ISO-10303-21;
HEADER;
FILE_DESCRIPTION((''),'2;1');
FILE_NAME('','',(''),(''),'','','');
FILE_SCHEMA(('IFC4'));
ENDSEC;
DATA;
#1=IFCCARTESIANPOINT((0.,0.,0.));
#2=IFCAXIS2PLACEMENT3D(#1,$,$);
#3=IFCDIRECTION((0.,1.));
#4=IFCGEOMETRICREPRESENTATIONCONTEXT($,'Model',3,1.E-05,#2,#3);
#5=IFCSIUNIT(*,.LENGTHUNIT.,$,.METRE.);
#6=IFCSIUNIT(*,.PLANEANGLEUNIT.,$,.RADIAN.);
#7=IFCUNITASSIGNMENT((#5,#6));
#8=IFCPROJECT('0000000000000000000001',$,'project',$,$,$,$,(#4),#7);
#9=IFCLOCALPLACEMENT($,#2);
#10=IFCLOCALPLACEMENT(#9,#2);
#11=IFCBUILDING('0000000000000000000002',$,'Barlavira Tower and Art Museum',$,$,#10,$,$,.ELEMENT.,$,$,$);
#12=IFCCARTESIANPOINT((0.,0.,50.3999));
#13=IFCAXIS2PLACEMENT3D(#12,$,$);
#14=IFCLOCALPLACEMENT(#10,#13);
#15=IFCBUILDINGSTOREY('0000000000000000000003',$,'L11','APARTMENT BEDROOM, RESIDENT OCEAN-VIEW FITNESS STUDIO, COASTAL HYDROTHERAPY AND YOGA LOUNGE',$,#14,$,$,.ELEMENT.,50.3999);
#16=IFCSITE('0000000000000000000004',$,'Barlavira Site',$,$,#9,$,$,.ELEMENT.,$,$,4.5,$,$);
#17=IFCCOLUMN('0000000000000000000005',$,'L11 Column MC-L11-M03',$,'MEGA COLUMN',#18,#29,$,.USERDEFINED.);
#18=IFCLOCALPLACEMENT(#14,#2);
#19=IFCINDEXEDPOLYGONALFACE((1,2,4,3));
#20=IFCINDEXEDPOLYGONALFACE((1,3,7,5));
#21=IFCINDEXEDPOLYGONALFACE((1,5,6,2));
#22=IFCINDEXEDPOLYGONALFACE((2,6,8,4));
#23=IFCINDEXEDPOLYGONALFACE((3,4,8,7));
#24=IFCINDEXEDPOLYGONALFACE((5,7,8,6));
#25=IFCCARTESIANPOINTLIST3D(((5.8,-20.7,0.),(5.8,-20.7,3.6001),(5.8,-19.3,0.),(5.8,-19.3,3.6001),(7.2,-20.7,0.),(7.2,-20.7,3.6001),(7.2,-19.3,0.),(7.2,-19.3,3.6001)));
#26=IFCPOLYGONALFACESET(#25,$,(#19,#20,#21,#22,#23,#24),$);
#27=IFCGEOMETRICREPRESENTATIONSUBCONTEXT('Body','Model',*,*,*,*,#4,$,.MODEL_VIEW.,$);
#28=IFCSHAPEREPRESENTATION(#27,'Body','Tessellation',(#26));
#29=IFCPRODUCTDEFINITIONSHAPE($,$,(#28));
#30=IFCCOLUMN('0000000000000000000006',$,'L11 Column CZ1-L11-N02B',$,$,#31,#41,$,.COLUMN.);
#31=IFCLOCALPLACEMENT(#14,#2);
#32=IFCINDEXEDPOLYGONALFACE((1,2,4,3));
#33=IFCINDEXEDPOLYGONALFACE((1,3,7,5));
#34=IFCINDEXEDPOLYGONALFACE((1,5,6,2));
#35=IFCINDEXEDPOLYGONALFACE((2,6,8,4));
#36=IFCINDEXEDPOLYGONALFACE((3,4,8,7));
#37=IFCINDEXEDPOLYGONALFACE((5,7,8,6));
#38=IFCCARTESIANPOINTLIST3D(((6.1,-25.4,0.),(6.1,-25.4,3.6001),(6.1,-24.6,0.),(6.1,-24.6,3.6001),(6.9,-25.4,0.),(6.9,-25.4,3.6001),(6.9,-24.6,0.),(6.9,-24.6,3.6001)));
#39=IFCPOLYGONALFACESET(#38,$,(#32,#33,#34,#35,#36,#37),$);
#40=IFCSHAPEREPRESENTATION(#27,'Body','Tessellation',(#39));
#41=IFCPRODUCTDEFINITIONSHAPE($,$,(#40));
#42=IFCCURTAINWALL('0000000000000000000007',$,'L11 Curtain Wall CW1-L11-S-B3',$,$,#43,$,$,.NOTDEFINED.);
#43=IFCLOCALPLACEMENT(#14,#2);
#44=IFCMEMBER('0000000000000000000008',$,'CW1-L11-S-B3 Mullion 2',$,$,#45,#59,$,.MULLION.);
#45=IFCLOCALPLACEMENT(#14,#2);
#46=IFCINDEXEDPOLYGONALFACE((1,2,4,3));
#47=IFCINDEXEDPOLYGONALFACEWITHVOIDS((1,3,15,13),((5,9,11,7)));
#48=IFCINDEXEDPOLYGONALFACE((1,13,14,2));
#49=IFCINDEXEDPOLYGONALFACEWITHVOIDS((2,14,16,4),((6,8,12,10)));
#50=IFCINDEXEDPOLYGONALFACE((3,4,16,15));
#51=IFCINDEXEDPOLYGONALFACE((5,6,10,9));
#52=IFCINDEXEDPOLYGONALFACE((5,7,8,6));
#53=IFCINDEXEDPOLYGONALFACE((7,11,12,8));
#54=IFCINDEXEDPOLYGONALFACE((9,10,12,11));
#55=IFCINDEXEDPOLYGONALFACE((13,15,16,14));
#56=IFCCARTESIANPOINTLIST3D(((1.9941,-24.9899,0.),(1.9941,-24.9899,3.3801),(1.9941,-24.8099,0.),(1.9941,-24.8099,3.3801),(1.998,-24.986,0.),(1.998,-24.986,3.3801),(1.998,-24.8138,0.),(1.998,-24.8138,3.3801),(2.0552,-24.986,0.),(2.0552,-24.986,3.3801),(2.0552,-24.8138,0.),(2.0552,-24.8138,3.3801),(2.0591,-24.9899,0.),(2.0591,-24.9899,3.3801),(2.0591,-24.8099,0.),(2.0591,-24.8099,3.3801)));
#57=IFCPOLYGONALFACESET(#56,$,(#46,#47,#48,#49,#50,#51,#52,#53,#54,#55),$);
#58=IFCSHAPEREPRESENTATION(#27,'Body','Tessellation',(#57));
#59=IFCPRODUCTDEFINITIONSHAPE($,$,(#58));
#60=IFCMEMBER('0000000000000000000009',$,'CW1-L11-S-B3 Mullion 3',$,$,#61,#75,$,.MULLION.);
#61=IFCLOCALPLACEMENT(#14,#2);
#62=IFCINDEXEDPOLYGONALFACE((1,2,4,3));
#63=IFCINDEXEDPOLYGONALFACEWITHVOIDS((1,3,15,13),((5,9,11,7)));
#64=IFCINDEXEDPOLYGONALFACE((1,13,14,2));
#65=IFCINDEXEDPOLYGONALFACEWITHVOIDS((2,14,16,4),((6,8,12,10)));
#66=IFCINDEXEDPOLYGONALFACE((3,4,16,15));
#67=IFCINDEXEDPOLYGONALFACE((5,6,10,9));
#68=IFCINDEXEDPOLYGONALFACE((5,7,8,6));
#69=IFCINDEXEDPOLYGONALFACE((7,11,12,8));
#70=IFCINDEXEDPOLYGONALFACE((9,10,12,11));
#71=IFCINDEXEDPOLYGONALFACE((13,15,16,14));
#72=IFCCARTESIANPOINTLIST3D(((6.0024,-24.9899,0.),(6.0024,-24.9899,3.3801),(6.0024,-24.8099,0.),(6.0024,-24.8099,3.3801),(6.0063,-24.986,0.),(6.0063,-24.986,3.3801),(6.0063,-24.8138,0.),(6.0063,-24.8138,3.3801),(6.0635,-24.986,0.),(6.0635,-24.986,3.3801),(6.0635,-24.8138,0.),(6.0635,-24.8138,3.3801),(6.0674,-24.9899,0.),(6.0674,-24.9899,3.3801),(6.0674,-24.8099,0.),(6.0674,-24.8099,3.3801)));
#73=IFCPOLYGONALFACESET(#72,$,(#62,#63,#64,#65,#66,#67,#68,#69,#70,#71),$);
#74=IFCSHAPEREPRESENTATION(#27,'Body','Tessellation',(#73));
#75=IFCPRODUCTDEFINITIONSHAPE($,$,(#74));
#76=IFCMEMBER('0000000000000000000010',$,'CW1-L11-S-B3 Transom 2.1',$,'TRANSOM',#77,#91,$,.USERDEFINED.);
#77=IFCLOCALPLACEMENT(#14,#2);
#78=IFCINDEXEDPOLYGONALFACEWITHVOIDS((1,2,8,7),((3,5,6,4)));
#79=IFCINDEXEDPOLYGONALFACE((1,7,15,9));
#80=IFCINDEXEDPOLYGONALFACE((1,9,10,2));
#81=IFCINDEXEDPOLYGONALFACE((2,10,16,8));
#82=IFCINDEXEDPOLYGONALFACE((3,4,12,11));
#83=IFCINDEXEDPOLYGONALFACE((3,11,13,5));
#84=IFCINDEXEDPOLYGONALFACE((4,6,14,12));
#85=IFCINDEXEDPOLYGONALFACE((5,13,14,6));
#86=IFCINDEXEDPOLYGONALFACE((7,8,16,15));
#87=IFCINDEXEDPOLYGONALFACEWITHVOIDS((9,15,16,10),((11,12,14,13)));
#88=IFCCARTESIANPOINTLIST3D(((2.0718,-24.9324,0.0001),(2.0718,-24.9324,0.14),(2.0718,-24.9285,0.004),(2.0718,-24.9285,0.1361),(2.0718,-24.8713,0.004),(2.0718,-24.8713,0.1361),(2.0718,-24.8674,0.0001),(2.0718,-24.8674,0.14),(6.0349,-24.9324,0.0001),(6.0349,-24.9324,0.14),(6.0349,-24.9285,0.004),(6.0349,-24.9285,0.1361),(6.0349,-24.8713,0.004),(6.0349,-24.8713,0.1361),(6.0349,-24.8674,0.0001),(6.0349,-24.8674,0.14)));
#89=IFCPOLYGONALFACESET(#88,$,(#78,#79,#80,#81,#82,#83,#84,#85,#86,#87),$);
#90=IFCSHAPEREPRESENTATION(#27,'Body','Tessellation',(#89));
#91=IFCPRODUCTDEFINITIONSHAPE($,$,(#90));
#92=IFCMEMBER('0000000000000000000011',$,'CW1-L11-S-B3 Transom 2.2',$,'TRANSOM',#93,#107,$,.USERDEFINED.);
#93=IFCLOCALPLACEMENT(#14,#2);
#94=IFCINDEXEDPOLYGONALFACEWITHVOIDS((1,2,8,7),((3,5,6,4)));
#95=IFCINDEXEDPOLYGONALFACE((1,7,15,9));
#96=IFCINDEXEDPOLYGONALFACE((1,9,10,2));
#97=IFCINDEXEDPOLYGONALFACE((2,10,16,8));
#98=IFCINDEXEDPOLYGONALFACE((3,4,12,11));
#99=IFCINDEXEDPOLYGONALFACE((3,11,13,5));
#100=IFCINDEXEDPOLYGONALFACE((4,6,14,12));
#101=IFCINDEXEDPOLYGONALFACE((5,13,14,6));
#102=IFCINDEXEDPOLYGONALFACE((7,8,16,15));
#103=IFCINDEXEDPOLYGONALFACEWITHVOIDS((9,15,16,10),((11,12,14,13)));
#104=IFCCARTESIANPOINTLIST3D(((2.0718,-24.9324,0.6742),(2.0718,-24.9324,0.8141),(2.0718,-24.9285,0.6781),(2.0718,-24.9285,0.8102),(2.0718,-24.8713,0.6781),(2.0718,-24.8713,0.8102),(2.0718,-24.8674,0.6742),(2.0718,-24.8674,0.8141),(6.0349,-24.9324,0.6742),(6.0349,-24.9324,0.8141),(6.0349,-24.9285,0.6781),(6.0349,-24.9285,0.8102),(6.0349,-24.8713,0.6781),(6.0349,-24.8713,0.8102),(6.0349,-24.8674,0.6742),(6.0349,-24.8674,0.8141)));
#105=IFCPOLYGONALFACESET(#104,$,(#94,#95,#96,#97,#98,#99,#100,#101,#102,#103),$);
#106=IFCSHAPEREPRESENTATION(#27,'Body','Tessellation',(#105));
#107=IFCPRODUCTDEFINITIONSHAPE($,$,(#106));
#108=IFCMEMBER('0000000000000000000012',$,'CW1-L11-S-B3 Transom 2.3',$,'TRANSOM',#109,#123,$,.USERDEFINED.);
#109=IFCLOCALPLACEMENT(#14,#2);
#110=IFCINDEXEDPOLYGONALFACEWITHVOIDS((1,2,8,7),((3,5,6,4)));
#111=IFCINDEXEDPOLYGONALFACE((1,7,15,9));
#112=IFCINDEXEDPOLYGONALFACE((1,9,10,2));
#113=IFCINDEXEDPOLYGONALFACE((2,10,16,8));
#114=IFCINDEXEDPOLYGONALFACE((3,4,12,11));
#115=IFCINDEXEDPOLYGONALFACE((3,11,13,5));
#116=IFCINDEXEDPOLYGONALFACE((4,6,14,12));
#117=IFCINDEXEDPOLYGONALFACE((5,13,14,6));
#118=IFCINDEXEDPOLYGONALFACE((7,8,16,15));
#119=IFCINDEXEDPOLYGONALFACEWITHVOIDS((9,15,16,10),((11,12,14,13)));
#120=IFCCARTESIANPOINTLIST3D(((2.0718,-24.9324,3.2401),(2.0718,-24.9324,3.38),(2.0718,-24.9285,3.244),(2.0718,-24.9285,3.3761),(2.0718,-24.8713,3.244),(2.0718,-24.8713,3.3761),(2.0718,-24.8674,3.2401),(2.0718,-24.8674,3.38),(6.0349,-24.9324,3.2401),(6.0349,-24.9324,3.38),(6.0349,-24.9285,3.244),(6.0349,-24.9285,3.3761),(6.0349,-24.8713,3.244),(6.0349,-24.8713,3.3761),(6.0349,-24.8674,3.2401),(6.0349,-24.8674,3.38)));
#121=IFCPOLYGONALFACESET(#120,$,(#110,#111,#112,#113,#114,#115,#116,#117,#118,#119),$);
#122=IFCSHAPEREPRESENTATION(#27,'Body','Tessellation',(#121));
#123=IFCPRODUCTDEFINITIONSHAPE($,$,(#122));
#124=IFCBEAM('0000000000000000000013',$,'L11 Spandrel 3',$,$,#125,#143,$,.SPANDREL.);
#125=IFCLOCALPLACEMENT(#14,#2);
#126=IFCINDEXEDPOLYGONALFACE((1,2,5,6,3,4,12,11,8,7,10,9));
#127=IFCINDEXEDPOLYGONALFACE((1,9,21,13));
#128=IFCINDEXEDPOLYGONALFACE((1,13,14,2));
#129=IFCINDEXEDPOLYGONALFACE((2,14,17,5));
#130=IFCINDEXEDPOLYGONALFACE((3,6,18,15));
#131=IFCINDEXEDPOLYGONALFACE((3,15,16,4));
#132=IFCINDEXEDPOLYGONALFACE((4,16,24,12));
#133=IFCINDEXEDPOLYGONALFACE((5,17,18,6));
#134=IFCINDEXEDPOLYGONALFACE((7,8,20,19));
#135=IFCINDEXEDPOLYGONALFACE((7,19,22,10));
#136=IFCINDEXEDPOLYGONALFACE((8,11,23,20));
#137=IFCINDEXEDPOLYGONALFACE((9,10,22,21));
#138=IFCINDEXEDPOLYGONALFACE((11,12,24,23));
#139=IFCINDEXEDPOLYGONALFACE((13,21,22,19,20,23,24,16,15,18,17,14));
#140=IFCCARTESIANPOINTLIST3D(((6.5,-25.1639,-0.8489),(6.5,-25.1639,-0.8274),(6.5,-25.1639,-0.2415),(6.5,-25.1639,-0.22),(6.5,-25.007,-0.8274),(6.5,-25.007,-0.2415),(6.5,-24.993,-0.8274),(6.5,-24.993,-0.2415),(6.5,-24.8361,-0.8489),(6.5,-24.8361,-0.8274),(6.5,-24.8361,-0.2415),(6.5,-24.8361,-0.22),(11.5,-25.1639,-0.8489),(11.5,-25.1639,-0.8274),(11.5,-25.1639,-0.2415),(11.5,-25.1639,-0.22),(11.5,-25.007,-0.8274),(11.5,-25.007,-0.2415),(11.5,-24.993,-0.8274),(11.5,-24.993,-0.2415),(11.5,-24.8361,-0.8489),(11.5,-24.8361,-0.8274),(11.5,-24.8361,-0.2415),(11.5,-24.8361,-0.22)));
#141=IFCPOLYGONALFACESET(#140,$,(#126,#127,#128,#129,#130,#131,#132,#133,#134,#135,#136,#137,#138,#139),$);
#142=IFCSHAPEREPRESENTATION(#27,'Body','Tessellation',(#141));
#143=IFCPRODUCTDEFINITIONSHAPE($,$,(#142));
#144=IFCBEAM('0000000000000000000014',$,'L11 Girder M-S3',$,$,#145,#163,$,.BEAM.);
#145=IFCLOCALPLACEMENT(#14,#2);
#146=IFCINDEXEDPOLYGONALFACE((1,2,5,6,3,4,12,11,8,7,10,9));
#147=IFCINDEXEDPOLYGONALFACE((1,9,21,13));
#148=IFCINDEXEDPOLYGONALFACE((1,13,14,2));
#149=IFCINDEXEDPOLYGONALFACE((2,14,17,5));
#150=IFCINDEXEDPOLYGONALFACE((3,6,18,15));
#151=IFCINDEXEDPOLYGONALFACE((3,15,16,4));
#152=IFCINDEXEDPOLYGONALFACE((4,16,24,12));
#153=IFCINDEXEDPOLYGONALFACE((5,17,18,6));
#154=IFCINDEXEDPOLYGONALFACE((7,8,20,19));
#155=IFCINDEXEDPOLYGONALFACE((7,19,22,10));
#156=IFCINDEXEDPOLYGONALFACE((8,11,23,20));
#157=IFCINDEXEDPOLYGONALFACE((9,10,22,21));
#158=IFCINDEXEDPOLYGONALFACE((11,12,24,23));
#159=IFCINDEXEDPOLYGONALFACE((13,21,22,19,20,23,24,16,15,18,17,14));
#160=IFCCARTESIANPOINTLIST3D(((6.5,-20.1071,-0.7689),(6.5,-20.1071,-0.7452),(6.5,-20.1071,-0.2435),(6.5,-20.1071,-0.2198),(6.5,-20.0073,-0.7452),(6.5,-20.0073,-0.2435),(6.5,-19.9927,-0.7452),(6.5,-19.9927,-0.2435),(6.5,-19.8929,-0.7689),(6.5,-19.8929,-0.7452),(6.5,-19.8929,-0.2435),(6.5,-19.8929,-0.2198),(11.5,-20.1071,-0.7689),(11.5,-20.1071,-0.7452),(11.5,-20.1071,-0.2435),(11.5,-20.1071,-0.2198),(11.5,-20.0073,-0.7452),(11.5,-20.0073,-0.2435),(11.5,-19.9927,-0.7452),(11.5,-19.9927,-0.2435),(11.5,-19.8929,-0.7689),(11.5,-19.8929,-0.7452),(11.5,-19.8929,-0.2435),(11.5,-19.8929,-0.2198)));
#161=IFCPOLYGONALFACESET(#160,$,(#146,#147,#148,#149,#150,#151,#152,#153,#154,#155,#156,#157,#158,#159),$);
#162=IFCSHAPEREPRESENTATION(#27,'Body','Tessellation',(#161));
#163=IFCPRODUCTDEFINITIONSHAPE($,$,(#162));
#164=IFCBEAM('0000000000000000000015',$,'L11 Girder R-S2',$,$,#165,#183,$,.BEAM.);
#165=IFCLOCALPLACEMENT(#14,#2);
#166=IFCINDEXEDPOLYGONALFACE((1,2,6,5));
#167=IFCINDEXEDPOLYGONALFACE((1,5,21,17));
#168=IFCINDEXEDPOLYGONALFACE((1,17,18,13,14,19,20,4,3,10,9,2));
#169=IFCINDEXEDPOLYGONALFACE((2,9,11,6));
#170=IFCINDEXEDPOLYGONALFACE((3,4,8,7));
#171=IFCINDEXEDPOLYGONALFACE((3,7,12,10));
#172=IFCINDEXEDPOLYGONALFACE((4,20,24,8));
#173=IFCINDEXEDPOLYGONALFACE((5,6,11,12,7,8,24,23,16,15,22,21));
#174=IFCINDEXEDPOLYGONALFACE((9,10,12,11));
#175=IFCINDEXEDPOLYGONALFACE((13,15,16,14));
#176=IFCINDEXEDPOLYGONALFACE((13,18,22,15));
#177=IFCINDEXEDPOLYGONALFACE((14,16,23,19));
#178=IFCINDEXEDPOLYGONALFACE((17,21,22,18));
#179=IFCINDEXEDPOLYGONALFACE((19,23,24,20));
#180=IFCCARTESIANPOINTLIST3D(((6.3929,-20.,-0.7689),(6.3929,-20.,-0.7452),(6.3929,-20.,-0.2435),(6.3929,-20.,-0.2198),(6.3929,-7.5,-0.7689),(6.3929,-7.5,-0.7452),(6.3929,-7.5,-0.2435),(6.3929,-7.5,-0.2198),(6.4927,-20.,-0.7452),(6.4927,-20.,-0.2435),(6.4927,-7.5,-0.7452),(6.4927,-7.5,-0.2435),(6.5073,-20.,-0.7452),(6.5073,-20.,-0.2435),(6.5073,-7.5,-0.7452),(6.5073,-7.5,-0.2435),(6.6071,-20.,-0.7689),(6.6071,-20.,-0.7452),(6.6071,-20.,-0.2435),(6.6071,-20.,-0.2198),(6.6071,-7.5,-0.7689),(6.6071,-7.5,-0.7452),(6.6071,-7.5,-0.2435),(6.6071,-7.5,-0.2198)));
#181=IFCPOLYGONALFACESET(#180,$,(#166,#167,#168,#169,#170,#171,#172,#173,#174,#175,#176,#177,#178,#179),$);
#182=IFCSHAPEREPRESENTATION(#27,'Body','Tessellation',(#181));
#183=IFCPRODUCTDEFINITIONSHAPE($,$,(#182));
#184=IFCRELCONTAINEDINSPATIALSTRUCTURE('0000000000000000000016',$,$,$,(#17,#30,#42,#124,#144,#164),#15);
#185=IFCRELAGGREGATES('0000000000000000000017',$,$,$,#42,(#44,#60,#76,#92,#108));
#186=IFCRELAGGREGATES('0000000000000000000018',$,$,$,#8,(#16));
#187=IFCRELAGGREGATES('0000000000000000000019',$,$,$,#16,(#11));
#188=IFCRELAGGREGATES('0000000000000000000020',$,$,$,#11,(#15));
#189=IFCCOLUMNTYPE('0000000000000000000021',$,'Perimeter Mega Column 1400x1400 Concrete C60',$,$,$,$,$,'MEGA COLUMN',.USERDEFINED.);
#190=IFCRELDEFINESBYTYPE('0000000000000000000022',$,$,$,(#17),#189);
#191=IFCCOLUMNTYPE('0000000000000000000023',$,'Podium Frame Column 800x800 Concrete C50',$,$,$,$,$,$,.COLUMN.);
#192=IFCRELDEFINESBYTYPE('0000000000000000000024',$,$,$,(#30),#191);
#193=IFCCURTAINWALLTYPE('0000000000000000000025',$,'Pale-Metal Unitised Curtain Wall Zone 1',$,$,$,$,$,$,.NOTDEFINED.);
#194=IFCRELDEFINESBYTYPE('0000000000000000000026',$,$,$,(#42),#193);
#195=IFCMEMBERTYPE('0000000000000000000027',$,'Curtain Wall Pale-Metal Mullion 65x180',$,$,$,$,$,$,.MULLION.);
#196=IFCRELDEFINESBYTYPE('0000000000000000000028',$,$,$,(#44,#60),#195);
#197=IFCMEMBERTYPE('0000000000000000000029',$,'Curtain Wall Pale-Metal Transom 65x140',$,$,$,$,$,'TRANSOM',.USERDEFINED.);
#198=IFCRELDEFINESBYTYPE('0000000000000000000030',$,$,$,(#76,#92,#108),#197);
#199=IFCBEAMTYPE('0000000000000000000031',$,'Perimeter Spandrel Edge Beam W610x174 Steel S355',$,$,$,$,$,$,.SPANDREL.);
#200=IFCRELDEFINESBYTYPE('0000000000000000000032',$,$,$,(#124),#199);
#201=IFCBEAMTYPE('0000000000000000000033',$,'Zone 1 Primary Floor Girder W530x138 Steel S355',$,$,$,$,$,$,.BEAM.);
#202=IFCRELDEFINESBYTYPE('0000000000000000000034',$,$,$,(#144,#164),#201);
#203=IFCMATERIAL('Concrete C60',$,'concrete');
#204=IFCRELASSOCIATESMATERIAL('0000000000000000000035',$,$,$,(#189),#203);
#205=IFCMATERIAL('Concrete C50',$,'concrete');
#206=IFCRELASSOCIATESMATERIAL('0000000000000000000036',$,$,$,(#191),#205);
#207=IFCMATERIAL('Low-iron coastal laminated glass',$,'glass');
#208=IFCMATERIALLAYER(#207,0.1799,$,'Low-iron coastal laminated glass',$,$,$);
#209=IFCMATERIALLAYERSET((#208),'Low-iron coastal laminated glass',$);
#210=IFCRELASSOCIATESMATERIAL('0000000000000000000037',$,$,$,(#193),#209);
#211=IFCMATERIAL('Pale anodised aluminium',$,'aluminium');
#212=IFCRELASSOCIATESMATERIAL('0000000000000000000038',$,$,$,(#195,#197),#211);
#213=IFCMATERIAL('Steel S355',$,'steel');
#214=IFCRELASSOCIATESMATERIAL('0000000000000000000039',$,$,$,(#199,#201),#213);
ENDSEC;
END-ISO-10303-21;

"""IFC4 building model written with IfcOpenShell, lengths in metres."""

from ifc_helpers import new_model, si_unit, direction, frame, origin, origin_2d, place, context, subcontext, project, spatial, rectangle, hollow_rectangle, i_section, extrude, material, layer, layer_set, material_profile, profile_set, type_object, element, aggregate, save


model = new_model("IFC4")

# Units and contexts
model_context = context("Model", 3, precision=1e-05, world=origin(), true_north=direction((0.0, 1.0)))
body_context = subcontext(model_context, "Body", "Model", "MODEL_VIEW")
ifc_project = project(units=[si_unit("LENGTHUNIT", "METRE"), si_unit("PLANEANGLEUNIT", "RADIAN")], contexts=[model_context])

# Site, building, storey
site_placement = place(None, origin())
site = spatial("IfcSite", under=ifc_project, at=site_placement, Name="Barlavira Site", CompositionType="ELEMENT", RefElevation=4.5)
building_placement = place(site_placement, origin())
building = spatial("IfcBuilding", under=site, at=building_placement, Name="Barlavira Tower and Art Museum", CompositionType="ELEMENT")
storey_placement = place(building_placement, frame((0.0, 0.0, 50.3999)))
storey = spatial("IfcBuildingStorey", under=building, at=storey_placement, Name="L11", Description="APARTMENT BEDROOM, RESIDENT OCEAN-VIEW FITNESS STUDIO, COASTAL HYDROTHERAPY AND YOGA LOUNGE", CompositionType="ELEMENT", Elevation=50.3999)

# Columns
ifc_material_1 = material(Name="Concrete C60", Category="concrete")
ifc_material_profile_1 = material_profile(ifc_material_1, rectangle(XDim=1.3999, YDim=1.3999, at=origin_2d()), Name="RC-MCOL 1400x1400")
ifc_profile_set_1 = profile_set([ifc_material_profile_1], Name="Concrete C60")
column_type_1 = type_object("IfcColumnType", Name="Perimeter Mega Column 1400x1400 Concrete C60", ElementType="MEGA COLUMN", PredefinedType="USERDEFINED", material=ifc_profile_set_1)
column_1_placement = place(storey_placement, frame((6.5, -20.0, 0.0), z_axis=(0.0, 0.0, 1.0), x_axis=(1.0, 0.0, 0.0)))
element("IfcColumn", 1, at=column_1_placement, inside=storey, type_object=column_type_1, Name="L11 Column MC-L11-M03", ObjectType="MEGA COLUMN", PredefinedType="USERDEFINED", context=body_context, shape_type="SweptSolid", body=[
    extrude(rectangle(XDim=1.3999, YDim=1.3999, at=origin_2d()), origin(), (0.0, 0.0, 1.0), 3.6001),
])
ifc_material_2 = material(Name="Concrete C50", Category="concrete")
ifc_material_profile_2 = material_profile(ifc_material_2, rectangle(XDim=0.8, YDim=0.8, at=origin_2d()), Name="RC-COL 800x800")
ifc_profile_set_2 = profile_set([ifc_material_profile_2], Name="Concrete C50")
column_type_2 = type_object("IfcColumnType", Name="Podium Frame Column 800x800 Concrete C50", PredefinedType="COLUMN", material=ifc_profile_set_2)
column_2_placement = place(storey_placement, frame((6.5, -25.0, 0.0), z_axis=(0.0, 0.0, 1.0), x_axis=(1.0, 0.0, 0.0)))
element("IfcColumn", 2, at=column_2_placement, inside=storey, type_object=column_type_2, Name="L11 Column CZ1-L11-N02B", PredefinedType="COLUMN", context=body_context, shape_type="SweptSolid", body=[
    extrude(rectangle(XDim=0.8, YDim=0.8, at=origin_2d()), origin(), (0.0, 0.0, 1.0), 3.6001),
])

# Curtain wall, members
ifc_material_3 = material(Name="Low-iron coastal laminated glass", Category="glass")
ifc_layer_1 = layer(ifc_material_3, 0.1799, Name="Low-iron coastal laminated glass")
ifc_layer_set_1 = layer_set([ifc_layer_1], Name="Low-iron coastal laminated glass")
curtain_wall_type = type_object("IfcCurtainWallType", Name="Pale-Metal Unitised Curtain Wall Zone 1", PredefinedType="NOTDEFINED", material=ifc_layer_set_1)
curtain_wall_placement = place(storey_placement, origin())
curtain_wall = element("IfcCurtainWall", 3, at=curtain_wall_placement, inside=storey, type_object=curtain_wall_type, Name="L11 Curtain Wall CW1-L11-S-B3", PredefinedType="NOTDEFINED")
ifc_material_4 = material(Name="Pale anodised aluminium", Category="aluminium")
ifc_material_profile_3 = material_profile(ifc_material_4, hollow_rectangle(XDim=0.0649, YDim=0.1799, WallThickness=0.0039, at=origin_2d()), Name="ALU-MULL 65x180x4")
ifc_profile_set_3 = profile_set([ifc_material_profile_3], Name="Pale anodised aluminium")
member_type_1 = type_object("IfcMemberType", Name="Curtain Wall Pale-Metal Mullion 65x180", PredefinedType="MULLION", material=ifc_profile_set_3)
member_1_placement = place(storey_placement, frame((2.0266, -24.8999, 0.0), z_axis=(0.0, 0.0, 1.0), x_axis=(1.0, 0.0, 0.0)))
member_1 = element("IfcMember", 4, at=member_1_placement, type_object=member_type_1, Name="CW1-L11-S-B3 Mullion 2", PredefinedType="MULLION", context=body_context, shape_type="SweptSolid", body=[
    extrude(hollow_rectangle(XDim=0.0649, YDim=0.1799, WallThickness=0.0039, at=origin_2d()), origin(), (0.0, 0.0, 1.0), 3.3801),
])
member_2_placement = place(storey_placement, frame((6.0349, -24.8999, 0.0), z_axis=(0.0, 0.0, 1.0), x_axis=(1.0, 0.0, 0.0)))
member_2 = element("IfcMember", 5, at=member_2_placement, type_object=member_type_1, Name="CW1-L11-S-B3 Mullion 3", PredefinedType="MULLION", context=body_context, shape_type="SweptSolid", body=[
    extrude(hollow_rectangle(XDim=0.0649, YDim=0.1799, WallThickness=0.0039, at=origin_2d()), origin(), (0.0, 0.0, 1.0), 3.3801),
])
ifc_material_profile_4 = material_profile(ifc_material_4, hollow_rectangle(XDim=0.0649, YDim=0.1399, WallThickness=0.0039, at=origin_2d()), Name="ALU-TRAN 65x140x4")
ifc_profile_set_4 = profile_set([ifc_material_profile_4], Name="Pale anodised aluminium")
member_type_2 = type_object("IfcMemberType", Name="Curtain Wall Pale-Metal Transom 65x140", ElementType="TRANSOM", PredefinedType="USERDEFINED", material=ifc_profile_set_4)
member_3_placement = place(storey_placement, frame((2.0718, -24.8999, 0.0701), z_axis=(1.0, 0.0, 0.0), x_axis=(0.0, 1.0, 0.0)))
member_3 = element("IfcMember", 6, at=member_3_placement, type_object=member_type_2, Name="CW1-L11-S-B3 Transom 2.1", ObjectType="TRANSOM", PredefinedType="USERDEFINED", context=body_context, shape_type="SweptSolid", body=[
    extrude(hollow_rectangle(XDim=0.0649, YDim=0.1399, WallThickness=0.0039, at=origin_2d()), origin(), (0.0, 0.0, 1.0), 3.9631),
])
member_4_placement = place(storey_placement, frame((2.0718, -24.8999, 0.7441), z_axis=(1.0, 0.0, 0.0), x_axis=(0.0, 1.0, 0.0)))
member_4 = element("IfcMember", 7, at=member_4_placement, type_object=member_type_2, Name="CW1-L11-S-B3 Transom 2.2", ObjectType="TRANSOM", PredefinedType="USERDEFINED", context=body_context, shape_type="SweptSolid", body=[
    extrude(hollow_rectangle(XDim=0.0649, YDim=0.1399, WallThickness=0.0039, at=origin_2d()), origin(), (0.0, 0.0, 1.0), 3.9631),
])
member_5_placement = place(storey_placement, frame((2.0718, -24.8999, 3.3101), z_axis=(1.0, 0.0, 0.0), x_axis=(0.0, 1.0, 0.0)))
member_5 = element("IfcMember", 8, at=member_5_placement, type_object=member_type_2, Name="CW1-L11-S-B3 Transom 2.3", ObjectType="TRANSOM", PredefinedType="USERDEFINED", context=body_context, shape_type="SweptSolid", body=[
    extrude(hollow_rectangle(XDim=0.0649, YDim=0.1399, WallThickness=0.0039, at=origin_2d()), origin(), (0.0, 0.0, 1.0), 3.9631),
])

# Beams
ifc_material_5 = material(Name="Steel S355", Category="steel")
ifc_material_profile_5 = material_profile(ifc_material_5, i_section(OverallWidth=0.3279, OverallDepth=0.6289, WebThickness=0.0139, FlangeThickness=0.0215, at=origin_2d()), Name="W610x174.0")
ifc_profile_set_5 = profile_set([ifc_material_profile_5], Name="Steel S355")
beam_type_1 = type_object("IfcBeamType", Name="Perimeter Spandrel Edge Beam W610x174 Steel S355", PredefinedType="SPANDREL", material=ifc_profile_set_5)
beam_1_placement = place(storey_placement, frame((6.5, -25.0, -0.5344), z_axis=(1.0, 0.0, 0.0), x_axis=(0.0, 1.0, 0.0)))
element("IfcBeam", 9, at=beam_1_placement, inside=storey, type_object=beam_type_1, Name="L11 Spandrel 3", PredefinedType="SPANDREL", context=body_context, shape_type="SweptSolid", body=[
    extrude(i_section(OverallWidth=0.3279, OverallDepth=0.6289, WebThickness=0.0139, FlangeThickness=0.0215, at=origin_2d()), origin(), (0.0, 0.0, 1.0), 5.0),
])
ifc_material_profile_6 = material_profile(ifc_material_5, i_section(OverallWidth=0.2141, OverallDepth=0.5491, WebThickness=0.0146, FlangeThickness=0.0237, at=origin_2d()), Name="W530x138.0")
ifc_profile_set_6 = profile_set([ifc_material_profile_6], Name="Steel S355")
beam_type_2 = type_object("IfcBeamType", Name="Zone 1 Primary Floor Girder W530x138 Steel S355", PredefinedType="BEAM", material=ifc_profile_set_6)
beam_2_placement = place(storey_placement, frame((6.5, -20.0, -0.4944), z_axis=(1.0, 0.0, 0.0), x_axis=(0.0, 1.0, 0.0)))
element("IfcBeam", 10, at=beam_2_placement, inside=storey, type_object=beam_type_2, Name="L11 Girder M-S3", PredefinedType="BEAM", context=body_context, shape_type="SweptSolid", body=[
    extrude(i_section(OverallWidth=0.2141, OverallDepth=0.5491, WebThickness=0.0146, FlangeThickness=0.0237, at=origin_2d()), origin(), (0.0, 0.0, 1.0), 5.0),
])
beam_3_placement = place(storey_placement, frame((6.5, -20.0, -0.4944), z_axis=(0.0, 1.0, 0.0), x_axis=(-1.0, 0.0, 0.0)))
element("IfcBeam", 11, at=beam_3_placement, inside=storey, type_object=beam_type_2, Name="L11 Girder R-S2", PredefinedType="BEAM", context=body_context, shape_type="SweptSolid", body=[
    extrude(i_section(OverallWidth=0.2141, OverallDepth=0.5491, WebThickness=0.0146, FlangeThickness=0.0237, at=origin_2d()), origin(), (0.0, 0.0, 1.0), 12.5),
])

aggregate(curtain_wall, [member_1, member_2, member_3, member_4, member_5])

save(model, "model.ifc")
